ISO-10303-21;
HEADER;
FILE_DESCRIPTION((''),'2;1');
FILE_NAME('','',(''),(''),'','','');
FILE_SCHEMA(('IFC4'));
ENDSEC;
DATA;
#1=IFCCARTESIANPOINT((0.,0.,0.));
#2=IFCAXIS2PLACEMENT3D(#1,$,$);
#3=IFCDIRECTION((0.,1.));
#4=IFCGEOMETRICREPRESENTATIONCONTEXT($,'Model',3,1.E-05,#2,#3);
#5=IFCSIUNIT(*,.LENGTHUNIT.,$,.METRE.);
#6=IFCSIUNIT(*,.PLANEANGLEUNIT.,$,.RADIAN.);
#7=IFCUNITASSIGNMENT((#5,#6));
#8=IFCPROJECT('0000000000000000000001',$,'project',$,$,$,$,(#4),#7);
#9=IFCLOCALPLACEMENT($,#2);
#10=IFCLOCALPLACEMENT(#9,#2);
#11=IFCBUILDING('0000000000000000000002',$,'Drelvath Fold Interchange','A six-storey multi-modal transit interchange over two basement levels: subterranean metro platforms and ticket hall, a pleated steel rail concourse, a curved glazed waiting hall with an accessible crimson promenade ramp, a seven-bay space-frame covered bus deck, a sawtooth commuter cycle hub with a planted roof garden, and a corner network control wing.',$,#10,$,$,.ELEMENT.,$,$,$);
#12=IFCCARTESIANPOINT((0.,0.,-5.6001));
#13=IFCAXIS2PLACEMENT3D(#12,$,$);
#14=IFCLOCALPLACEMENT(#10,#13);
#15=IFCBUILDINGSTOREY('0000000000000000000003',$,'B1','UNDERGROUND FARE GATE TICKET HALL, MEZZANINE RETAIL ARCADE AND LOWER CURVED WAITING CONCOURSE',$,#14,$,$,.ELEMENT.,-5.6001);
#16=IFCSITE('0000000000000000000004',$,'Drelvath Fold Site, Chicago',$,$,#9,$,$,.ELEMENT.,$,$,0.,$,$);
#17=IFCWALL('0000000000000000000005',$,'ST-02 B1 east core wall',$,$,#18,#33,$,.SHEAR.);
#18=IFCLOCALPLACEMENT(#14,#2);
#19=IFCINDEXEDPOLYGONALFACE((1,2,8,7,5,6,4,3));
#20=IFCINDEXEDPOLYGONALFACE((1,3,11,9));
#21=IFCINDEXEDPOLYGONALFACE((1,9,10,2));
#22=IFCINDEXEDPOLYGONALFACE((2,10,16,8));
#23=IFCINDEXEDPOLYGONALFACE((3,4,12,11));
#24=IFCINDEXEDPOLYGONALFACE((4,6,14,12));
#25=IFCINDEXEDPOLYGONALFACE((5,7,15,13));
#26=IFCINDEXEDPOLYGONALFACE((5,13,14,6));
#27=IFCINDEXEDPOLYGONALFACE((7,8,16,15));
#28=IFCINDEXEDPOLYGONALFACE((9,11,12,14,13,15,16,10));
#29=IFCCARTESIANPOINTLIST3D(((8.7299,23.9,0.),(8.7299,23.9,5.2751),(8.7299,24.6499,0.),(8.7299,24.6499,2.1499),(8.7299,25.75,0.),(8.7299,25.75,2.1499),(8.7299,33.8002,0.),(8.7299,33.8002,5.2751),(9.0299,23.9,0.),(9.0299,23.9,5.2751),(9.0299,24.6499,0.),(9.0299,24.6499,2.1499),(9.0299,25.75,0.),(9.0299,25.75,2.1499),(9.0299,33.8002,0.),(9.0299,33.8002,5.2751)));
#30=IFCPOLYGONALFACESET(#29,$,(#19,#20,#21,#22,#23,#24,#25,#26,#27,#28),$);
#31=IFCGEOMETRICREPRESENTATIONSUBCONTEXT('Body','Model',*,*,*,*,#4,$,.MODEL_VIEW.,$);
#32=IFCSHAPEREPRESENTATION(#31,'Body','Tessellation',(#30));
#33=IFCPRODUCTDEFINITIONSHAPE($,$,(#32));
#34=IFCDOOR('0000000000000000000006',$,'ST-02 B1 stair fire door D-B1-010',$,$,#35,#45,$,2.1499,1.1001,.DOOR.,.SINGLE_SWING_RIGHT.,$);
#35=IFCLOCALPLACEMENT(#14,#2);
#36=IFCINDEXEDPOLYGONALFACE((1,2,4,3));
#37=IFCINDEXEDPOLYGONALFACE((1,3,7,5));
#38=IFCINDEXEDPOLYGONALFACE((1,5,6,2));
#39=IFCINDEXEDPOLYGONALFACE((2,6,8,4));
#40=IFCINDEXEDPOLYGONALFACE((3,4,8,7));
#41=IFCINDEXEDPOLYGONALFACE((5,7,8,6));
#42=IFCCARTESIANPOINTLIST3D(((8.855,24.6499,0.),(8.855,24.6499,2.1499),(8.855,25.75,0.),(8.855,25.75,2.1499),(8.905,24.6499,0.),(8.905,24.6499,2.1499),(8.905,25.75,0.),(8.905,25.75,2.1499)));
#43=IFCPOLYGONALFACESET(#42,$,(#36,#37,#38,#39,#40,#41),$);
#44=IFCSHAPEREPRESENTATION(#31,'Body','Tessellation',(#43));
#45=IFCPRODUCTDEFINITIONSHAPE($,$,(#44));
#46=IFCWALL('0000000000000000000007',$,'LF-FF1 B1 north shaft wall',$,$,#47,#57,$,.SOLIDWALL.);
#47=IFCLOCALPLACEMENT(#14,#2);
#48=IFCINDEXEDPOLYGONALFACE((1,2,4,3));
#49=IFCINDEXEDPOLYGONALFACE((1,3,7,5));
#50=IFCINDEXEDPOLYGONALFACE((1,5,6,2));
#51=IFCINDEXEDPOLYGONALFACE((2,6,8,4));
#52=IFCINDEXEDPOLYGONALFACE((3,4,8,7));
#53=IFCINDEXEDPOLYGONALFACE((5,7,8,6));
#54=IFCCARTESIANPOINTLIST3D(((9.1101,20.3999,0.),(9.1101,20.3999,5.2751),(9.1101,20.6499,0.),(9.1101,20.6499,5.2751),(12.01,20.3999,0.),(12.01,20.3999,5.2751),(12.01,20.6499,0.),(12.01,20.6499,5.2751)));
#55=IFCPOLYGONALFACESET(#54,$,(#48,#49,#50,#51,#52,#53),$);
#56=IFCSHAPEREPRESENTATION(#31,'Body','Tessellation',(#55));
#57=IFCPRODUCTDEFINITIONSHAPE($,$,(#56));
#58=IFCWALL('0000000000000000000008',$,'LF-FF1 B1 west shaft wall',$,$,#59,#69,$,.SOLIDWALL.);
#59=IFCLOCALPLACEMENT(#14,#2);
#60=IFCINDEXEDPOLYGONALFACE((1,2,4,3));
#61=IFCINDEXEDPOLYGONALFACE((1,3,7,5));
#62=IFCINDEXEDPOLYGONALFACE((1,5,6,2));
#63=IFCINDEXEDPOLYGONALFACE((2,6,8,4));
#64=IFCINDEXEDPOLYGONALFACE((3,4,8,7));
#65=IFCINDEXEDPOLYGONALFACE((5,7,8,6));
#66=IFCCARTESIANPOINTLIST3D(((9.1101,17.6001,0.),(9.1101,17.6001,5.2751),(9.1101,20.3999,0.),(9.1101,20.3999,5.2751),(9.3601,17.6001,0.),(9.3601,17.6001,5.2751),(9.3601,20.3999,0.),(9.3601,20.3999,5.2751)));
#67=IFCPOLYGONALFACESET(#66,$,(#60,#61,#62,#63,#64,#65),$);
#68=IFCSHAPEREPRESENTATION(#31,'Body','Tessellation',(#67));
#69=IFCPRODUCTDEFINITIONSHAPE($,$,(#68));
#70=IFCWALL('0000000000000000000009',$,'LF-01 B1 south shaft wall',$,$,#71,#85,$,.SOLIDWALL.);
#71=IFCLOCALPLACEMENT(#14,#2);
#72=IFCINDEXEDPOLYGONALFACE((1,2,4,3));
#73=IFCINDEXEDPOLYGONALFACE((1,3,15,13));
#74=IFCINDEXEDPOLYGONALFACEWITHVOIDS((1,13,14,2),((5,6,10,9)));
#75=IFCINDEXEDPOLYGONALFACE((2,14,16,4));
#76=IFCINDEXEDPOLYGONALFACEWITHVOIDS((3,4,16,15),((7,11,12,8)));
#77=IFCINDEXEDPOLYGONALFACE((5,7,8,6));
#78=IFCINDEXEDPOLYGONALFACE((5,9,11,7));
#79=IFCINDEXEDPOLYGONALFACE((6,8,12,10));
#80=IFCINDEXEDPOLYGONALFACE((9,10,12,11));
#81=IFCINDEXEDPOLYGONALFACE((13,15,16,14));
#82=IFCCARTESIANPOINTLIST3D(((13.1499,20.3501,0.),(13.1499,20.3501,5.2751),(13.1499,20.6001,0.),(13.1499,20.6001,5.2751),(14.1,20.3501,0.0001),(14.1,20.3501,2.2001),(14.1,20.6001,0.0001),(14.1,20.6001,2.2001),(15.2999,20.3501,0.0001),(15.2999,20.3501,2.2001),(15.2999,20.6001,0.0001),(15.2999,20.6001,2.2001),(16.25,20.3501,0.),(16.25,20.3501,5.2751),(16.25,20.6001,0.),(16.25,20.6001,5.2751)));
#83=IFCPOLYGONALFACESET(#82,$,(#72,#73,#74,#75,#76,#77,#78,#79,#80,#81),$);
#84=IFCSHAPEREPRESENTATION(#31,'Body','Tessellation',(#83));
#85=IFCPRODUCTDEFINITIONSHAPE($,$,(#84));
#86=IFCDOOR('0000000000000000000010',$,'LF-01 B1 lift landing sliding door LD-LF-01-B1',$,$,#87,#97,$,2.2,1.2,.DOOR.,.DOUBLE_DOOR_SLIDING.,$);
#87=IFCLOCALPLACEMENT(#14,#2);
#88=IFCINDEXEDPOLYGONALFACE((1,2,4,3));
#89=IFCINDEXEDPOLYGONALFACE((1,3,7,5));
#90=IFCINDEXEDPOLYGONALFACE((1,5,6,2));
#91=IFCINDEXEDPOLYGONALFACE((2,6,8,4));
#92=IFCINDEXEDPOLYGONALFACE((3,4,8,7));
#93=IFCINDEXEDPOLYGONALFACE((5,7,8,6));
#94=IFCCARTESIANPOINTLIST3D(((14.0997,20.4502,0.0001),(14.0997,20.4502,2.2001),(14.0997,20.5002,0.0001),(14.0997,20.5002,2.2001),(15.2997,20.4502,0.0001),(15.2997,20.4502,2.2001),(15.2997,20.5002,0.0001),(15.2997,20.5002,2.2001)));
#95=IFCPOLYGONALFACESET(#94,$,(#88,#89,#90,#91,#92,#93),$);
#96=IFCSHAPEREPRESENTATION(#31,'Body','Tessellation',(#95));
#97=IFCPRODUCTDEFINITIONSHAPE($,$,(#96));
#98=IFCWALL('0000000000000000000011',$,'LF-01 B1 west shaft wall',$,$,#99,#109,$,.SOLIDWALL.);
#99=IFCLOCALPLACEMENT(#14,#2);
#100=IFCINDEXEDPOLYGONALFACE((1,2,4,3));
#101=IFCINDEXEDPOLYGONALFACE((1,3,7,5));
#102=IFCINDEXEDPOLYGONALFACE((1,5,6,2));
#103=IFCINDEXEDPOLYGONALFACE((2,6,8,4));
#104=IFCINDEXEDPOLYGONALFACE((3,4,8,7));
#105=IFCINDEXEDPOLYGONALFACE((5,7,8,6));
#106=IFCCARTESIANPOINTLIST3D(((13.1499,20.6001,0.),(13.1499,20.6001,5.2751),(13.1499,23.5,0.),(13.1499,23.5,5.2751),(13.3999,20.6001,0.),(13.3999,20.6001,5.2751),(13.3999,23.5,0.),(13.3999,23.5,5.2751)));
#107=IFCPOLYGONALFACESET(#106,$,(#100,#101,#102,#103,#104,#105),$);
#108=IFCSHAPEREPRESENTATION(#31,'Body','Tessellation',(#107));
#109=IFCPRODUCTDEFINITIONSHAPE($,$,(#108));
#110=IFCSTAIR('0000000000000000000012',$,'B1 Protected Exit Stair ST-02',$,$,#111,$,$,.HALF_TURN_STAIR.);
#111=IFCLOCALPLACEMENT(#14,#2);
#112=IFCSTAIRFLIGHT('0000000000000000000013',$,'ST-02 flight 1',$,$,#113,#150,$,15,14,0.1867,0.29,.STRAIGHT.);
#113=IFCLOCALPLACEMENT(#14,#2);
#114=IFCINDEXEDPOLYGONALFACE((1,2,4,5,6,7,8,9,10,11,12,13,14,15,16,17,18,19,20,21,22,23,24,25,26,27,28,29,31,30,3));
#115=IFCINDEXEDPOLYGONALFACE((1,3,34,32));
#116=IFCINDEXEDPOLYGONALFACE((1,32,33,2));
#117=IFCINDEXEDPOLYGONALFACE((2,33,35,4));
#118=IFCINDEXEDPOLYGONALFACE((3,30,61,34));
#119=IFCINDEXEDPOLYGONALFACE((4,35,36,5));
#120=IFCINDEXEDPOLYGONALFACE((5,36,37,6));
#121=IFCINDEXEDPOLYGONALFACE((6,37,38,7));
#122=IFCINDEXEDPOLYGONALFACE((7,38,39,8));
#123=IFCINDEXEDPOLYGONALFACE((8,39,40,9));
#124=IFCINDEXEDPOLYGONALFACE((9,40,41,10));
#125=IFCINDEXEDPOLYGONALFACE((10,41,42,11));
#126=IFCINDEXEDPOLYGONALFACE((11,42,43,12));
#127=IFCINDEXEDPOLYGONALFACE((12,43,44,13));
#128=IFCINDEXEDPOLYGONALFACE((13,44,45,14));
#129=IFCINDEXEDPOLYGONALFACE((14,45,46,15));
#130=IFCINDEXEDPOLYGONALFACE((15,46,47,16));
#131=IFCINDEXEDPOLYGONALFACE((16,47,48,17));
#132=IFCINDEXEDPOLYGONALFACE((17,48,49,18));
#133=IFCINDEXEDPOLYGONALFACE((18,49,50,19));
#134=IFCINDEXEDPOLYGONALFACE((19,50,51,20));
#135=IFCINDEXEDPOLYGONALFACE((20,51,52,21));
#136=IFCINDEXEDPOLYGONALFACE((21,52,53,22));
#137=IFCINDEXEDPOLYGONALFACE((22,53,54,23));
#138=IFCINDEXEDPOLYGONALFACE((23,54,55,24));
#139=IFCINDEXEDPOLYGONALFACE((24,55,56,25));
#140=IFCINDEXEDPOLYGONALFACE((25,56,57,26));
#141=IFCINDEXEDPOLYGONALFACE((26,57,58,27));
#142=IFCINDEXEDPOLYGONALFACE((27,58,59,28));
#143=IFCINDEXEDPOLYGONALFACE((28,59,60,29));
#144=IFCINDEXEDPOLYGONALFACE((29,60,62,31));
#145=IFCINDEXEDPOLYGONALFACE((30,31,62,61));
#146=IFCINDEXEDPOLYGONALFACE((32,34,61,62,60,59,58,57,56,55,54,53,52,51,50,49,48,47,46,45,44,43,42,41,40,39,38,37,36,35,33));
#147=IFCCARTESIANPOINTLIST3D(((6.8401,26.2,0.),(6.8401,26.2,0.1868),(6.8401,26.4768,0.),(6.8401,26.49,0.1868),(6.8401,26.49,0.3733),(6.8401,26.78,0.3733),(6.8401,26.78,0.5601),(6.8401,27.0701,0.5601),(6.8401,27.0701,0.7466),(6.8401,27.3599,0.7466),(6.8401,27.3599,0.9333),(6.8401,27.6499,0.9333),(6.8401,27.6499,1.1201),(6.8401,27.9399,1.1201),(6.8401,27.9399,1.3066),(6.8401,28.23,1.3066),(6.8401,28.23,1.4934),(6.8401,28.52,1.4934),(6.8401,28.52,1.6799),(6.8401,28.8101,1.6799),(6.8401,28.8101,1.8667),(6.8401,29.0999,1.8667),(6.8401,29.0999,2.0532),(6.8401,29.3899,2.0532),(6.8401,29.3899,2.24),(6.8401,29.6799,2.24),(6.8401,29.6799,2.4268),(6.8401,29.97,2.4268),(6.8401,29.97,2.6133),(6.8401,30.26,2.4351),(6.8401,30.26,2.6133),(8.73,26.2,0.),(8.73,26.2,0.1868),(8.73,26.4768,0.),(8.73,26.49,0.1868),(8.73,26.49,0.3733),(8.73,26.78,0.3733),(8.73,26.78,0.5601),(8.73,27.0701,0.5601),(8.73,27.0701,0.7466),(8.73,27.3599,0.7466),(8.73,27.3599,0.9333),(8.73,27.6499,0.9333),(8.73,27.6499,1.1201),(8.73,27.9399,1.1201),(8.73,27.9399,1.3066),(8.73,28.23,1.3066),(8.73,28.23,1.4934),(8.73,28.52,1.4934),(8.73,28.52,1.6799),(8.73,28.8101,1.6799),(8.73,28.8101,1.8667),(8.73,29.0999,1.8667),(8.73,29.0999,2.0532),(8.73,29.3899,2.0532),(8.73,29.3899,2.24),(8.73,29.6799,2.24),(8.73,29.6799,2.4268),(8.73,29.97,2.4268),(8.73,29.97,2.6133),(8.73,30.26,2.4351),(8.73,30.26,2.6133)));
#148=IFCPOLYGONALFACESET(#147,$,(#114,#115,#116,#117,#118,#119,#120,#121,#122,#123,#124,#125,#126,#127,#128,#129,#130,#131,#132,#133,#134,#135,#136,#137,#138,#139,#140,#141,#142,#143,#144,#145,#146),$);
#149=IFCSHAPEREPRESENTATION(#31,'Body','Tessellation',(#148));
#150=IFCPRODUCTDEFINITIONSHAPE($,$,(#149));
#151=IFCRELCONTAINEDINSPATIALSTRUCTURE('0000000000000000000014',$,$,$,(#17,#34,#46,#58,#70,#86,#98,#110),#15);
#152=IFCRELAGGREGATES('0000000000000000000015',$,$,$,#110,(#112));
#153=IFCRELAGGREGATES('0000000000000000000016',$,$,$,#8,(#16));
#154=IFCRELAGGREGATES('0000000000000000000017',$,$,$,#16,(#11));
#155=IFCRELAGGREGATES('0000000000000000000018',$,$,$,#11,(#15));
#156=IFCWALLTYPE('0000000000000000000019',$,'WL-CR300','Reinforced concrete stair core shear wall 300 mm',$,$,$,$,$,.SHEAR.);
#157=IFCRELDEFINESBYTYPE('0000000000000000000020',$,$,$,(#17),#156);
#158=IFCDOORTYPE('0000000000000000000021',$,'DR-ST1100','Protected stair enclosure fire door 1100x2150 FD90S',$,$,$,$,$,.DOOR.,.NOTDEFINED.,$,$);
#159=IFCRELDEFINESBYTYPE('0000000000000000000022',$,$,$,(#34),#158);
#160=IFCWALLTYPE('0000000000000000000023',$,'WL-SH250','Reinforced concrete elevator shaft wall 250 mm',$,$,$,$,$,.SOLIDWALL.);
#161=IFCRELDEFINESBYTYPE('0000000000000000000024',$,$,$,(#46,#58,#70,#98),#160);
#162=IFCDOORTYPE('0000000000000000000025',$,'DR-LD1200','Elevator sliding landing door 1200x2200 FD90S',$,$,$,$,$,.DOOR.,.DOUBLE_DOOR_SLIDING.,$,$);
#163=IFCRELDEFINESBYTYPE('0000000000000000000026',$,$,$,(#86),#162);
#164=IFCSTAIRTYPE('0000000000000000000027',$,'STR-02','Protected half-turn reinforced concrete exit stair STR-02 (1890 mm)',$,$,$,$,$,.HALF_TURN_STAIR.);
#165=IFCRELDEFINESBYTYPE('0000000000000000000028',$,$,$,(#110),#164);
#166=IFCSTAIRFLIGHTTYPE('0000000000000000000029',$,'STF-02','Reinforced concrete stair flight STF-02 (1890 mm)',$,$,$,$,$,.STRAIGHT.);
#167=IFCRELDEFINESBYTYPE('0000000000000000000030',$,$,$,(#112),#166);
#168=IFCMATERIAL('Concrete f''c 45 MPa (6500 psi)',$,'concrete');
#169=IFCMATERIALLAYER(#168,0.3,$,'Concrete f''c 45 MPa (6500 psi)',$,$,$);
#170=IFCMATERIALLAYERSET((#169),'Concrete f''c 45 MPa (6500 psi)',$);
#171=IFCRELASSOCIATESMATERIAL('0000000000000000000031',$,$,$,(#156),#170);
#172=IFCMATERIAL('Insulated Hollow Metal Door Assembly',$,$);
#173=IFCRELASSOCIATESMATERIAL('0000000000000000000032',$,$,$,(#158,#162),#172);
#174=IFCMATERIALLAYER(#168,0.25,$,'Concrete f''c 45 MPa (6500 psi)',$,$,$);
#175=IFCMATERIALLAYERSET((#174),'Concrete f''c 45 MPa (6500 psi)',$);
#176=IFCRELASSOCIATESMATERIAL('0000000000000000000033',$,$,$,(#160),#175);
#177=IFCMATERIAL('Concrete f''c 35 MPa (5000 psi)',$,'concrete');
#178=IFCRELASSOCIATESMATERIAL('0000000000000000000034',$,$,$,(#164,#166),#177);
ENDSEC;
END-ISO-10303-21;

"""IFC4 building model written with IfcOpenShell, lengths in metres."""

from ifc_helpers import new_model, si_unit, direction, frame, frame_2d, origin, place, context, subcontext, project, spatial, polyline, rectangle, outline, extrude, material, layer, layer_set, type_object, element, fill, aggregate, save


model = new_model("IFC4")

# Units and contexts
model_context = context("Model", 3, precision=1e-05, world=origin(), true_north=direction((0.0, 1.0)))
body_context = subcontext(model_context, "Body", "Model", "MODEL_VIEW")
ifc_project = project(units=[si_unit("LENGTHUNIT", "METRE"), si_unit("PLANEANGLEUNIT", "RADIAN")], contexts=[model_context])

# Site, building, storey
site_placement = place(None, origin())
site = spatial("IfcSite", under=ifc_project, at=site_placement, Name="Drelvath Fold Site, Chicago", CompositionType="ELEMENT", RefElevation=0.0)
building_placement = place(site_placement, origin())
building = spatial("IfcBuilding", under=site, at=building_placement, Name="Drelvath Fold Interchange", Description="A six-storey multi-modal transit interchange over two basement levels: subterranean metro platforms and ticket hall, a pleated steel rail concourse, a curved glazed waiting hall with an accessible crimson promenade ramp, a seven-bay space-frame covered bus deck, a sawtooth commuter cycle hub with a planted roof garden, and a corner network control wing.", CompositionType="ELEMENT")
storey_placement = place(building_placement, frame((0.0, 0.0, -5.6001)))
storey = spatial("IfcBuildingStorey", under=building, at=storey_placement, Name="B1", Description="UNDERGROUND FARE GATE TICKET HALL, MEZZANINE RETAIL ARCADE AND LOWER CURVED WAITING CONCOURSE", CompositionType="ELEMENT", Elevation=-5.6001)

# Shared definitions
ifc_material_1 = material(Name="Concrete f'c 45 MPa (6500 psi)", Category="concrete")

# Shared definitions
ifc_layer_1 = layer(ifc_material_1, 0.3, Name="Concrete f'c 45 MPa (6500 psi)")
ifc_layer_set_1 = layer_set([ifc_layer_1], Name="Concrete f'c 45 MPa (6500 psi)")
wall_type_1 = type_object("IfcWallType", Name="WL-CR300", Description="Reinforced concrete stair core shear wall 300 mm", PredefinedType="SHEAR", material=ifc_layer_set_1)

# Wall, opening, door
wall_1_placement = place(storey_placement, frame((8.8799, 23.8999, 0.0), z_axis=(0.0, 0.0, 1.0), x_axis=(0.0, 1.0, 0.0)))
wall_1 = element("IfcWall", 1, at=wall_1_placement, inside=storey, type_object=wall_type_1, Name="ST-02 B1 east core wall", PredefinedType="SHEAR", context=body_context, shape_type="SweptSolid", body=[
    extrude(rectangle(XDim=9.9001, YDim=0.3, at=frame_2d((4.9502, 0.0))), origin(), (0.0, 0.0, 1.0), 5.2751),
])
opening_1_placement = place(wall_1_placement, frame((0.75, 0.0, 0.0)))
opening_1 = element("IfcOpeningElement", 2, at=opening_1_placement, cuts=wall_1, PredefinedType="OPENING", context=body_context, shape_type="SweptSolid", body=[
    extrude(rectangle(XDim=1.1001, YDim=2.1499, at=frame_2d((0.55, 1.075))), frame((0.0, 0.1599, 0.0), z_axis=(0.0, -1.0, 0.0), x_axis=(1.0, 0.0, 0.0)), (0.0, 0.0, 1.0), 0.3201),
])
ifc_material_2 = material(Name="Insulated Hollow Metal Door Assembly")
door_type_1 = type_object("IfcDoorType", Name="DR-ST1100", Description="Protected stair enclosure fire door 1100x2150 FD90S", OperationType="NOTDEFINED", PredefinedType="DOOR", material=ifc_material_2)
door_1_placement = place(opening_1_placement, origin())
door_1 = element("IfcDoor", 3, at=door_1_placement, inside=storey, type_object=door_type_1, Name="ST-02 B1 stair fire door D-B1-010", OperationType="SINGLE_SWING_RIGHT", OverallHeight=2.1499, OverallWidth=1.1001, PredefinedType="DOOR", context=body_context, shape_type="SweptSolid", body=[
    extrude(rectangle(XDim=1.1001, YDim=2.1499, at=frame_2d((0.55, 1.075))), frame((0.0, 0.0249, 0.0), z_axis=(0.0, -1.0, 0.0), x_axis=(1.0, 0.0, 0.0)), (0.0, 0.0, 1.0), 0.05),
])
fill(opening_1, door_1)

# Walls
ifc_layer_2 = layer(ifc_material_1, 0.25, Name="Concrete f'c 45 MPa (6500 psi)")
ifc_layer_set_2 = layer_set([ifc_layer_2], Name="Concrete f'c 45 MPa (6500 psi)")
wall_type_2 = type_object("IfcWallType", Name="WL-SH250", Description="Reinforced concrete elevator shaft wall 250 mm", PredefinedType="SOLIDWALL", material=ifc_layer_set_2)
wall_2_placement = place(storey_placement, frame((12.01, 20.5249, 0.0), z_axis=(0.0, 0.0, 1.0), x_axis=(-1.0, 0.0, 0.0)))
element("IfcWall", 4, at=wall_2_placement, inside=storey, type_object=wall_type_2, Name="LF-FF1 B1 north shaft wall", PredefinedType="SOLIDWALL", context=body_context, shape_type="SweptSolid", body=[
    extrude(rectangle(XDim=2.8999, YDim=0.25, at=frame_2d((1.45, 0.0))), origin(), (0.0, 0.0, 1.0), 5.2751),
])
wall_3_placement = place(storey_placement, frame((9.2351, 20.3999, 0.0), z_axis=(0.0, 0.0, 1.0), x_axis=(0.0, -1.0, 0.0)))
element("IfcWall", 5, at=wall_3_placement, inside=storey, type_object=wall_type_2, Name="LF-FF1 B1 west shaft wall", PredefinedType="SOLIDWALL", context=body_context, shape_type="SweptSolid", body=[
    extrude(rectangle(XDim=2.7998, YDim=0.25, at=frame_2d((1.3999, 0.0))), origin(), (0.0, 0.0, 1.0), 5.2751),
])

# Wall, opening, door
wall_4_placement = place(storey_placement, frame((13.1499, 20.4751, 0.0), z_axis=(0.0, 0.0, 1.0), x_axis=(1.0, 0.0, 0.0)))
wall_4 = element("IfcWall", 6, at=wall_4_placement, inside=storey, type_object=wall_type_2, Name="LF-01 B1 south shaft wall", PredefinedType="SOLIDWALL", context=body_context, shape_type="SweptSolid", body=[
    extrude(rectangle(XDim=3.1001, YDim=0.25, at=frame_2d((1.55, 0.0))), origin(), (0.0, 0.0, 1.0), 5.2751),
])
opening_2_placement = place(wall_4_placement, frame((0.95, 0.0, 0.0)))
opening_2 = element("IfcOpeningElement", 7, at=opening_2_placement, cuts=wall_4, PredefinedType="OPENING", context=body_context, shape_type="SweptSolid", body=[
    extrude(rectangle(XDim=1.2, YDim=2.2, at=frame_2d((0.6001, 1.1001))), frame((0.0, 0.135, 0.0), z_axis=(0.0, -1.0, 0.0), x_axis=(1.0, 0.0, 0.0)), (0.0, 0.0, 1.0), 0.27),
])
door_type_2 = type_object("IfcDoorType", Name="DR-LD1200", Description="Elevator sliding landing door 1200x2200 FD90S", OperationType="DOUBLE_DOOR_SLIDING", PredefinedType="DOOR", material=ifc_material_2)
door_2_placement = place(opening_2_placement, frame((1.2, 0.0, 0.0), z_axis=(0.0, 0.0, 1.0), x_axis=(-1.0, 0.0, 0.0)))
door_2 = element("IfcDoor", 8, at=door_2_placement, inside=storey, type_object=door_type_2, Name="LF-01 B1 lift landing sliding door LD-LF-01-B1", OperationType="DOUBLE_DOOR_SLIDING", OverallHeight=2.2, OverallWidth=1.2, PredefinedType="DOOR", context=body_context, shape_type="SweptSolid", body=[
    extrude(rectangle(XDim=1.2, YDim=2.2, at=frame_2d((0.6001, 1.1001))), frame((0.0, 0.0249, 0.0), z_axis=(0.0, -1.0, 0.0), x_axis=(1.0, 0.0, 0.0)), (0.0, 0.0, 1.0), 0.05),
])
fill(opening_2, door_2)

# Wall
wall_5_placement = place(storey_placement, frame((13.2749, 23.5, 0.0), z_axis=(0.0, 0.0, 1.0), x_axis=(0.0, -1.0, 0.0)))
element("IfcWall", 9, at=wall_5_placement, inside=storey, type_object=wall_type_2, Name="LF-01 B1 west shaft wall", PredefinedType="SOLIDWALL", context=body_context, shape_type="SweptSolid", body=[
    extrude(rectangle(XDim=2.8999, YDim=0.25, at=frame_2d((1.45, 0.0))), origin(), (0.0, 0.0, 1.0), 5.2751),
])

# Stair, stair flight
ifc_material_3 = material(Name="Concrete f'c 35 MPa (5000 psi)", Category="concrete")
stair_type = type_object("IfcStairType", Name="STR-02", Description="Protected half-turn reinforced concrete exit stair STR-02 (1890 mm)", PredefinedType="HALF_TURN_STAIR", material=ifc_material_3)
stair_placement = place(storey_placement, origin())
stair = element("IfcStair", 10, at=stair_placement, inside=storey, type_object=stair_type, Name="B1 Protected Exit Stair ST-02", PredefinedType="HALF_TURN_STAIR")
stair_flight_type = type_object("IfcStairFlightType", Name="STF-02", Description="Reinforced concrete stair flight STF-02 (1890 mm)", PredefinedType="STRAIGHT", material=ifc_material_3)
stair_flight_1_placement = place(storey_placement, frame((7.7849, 26.2, 0.0), z_axis=(0.0, 0.0, 1.0), x_axis=(0.0, 1.0, 0.0)))
stair_flight_1 = element("IfcStairFlight", 11, at=stair_flight_1_placement, type_object=stair_flight_type, Name="ST-02 flight 1", NumberOfRisers=15, NumberOfTreads=14, PredefinedType="STRAIGHT", RiserHeight=0.1867, TreadLength=0.29, context=body_context, shape_type="SweptSolid", body=[
    extrude(outline(polyline([(0.0, 0.0), (0.0, 0.1868), (0.29, 0.1868), (0.29, 0.3733), (0.5801, 0.3733), (0.5801, 0.5601), (0.8701, 0.5601), (0.8701, 0.7466), (1.1599, 0.7466), (1.1599, 0.9333), (1.45, 0.9333), (1.45, 1.1201), (1.74, 1.1201), (1.74, 1.3066), (2.03, 1.3066), (2.03, 1.4934), (2.3201, 1.4934), (2.3201, 1.6799), (2.6101, 1.6799), (2.6101, 1.8667), (2.8999, 1.8667), (2.8999, 2.0532), (3.1899, 2.0532), (3.1899, 2.24), (3.48, 2.24), (3.48, 2.4268), (3.77, 2.4268), (3.77, 2.6133), (4.0601, 2.6133), (4.0601, 2.8), (4.0601, 2.4351), (0.2769, 0.0), (0.0, 0.0)])), frame((0.0, 0.9448, 0.0), z_axis=(0.0, -1.0, 0.0), x_axis=(1.0, 0.0, 0.0)), (0.0, 0.0, 1.0), 1.8899),
])
aggregate(stair, [stair_flight_1])

save(model, "model.ifc")
